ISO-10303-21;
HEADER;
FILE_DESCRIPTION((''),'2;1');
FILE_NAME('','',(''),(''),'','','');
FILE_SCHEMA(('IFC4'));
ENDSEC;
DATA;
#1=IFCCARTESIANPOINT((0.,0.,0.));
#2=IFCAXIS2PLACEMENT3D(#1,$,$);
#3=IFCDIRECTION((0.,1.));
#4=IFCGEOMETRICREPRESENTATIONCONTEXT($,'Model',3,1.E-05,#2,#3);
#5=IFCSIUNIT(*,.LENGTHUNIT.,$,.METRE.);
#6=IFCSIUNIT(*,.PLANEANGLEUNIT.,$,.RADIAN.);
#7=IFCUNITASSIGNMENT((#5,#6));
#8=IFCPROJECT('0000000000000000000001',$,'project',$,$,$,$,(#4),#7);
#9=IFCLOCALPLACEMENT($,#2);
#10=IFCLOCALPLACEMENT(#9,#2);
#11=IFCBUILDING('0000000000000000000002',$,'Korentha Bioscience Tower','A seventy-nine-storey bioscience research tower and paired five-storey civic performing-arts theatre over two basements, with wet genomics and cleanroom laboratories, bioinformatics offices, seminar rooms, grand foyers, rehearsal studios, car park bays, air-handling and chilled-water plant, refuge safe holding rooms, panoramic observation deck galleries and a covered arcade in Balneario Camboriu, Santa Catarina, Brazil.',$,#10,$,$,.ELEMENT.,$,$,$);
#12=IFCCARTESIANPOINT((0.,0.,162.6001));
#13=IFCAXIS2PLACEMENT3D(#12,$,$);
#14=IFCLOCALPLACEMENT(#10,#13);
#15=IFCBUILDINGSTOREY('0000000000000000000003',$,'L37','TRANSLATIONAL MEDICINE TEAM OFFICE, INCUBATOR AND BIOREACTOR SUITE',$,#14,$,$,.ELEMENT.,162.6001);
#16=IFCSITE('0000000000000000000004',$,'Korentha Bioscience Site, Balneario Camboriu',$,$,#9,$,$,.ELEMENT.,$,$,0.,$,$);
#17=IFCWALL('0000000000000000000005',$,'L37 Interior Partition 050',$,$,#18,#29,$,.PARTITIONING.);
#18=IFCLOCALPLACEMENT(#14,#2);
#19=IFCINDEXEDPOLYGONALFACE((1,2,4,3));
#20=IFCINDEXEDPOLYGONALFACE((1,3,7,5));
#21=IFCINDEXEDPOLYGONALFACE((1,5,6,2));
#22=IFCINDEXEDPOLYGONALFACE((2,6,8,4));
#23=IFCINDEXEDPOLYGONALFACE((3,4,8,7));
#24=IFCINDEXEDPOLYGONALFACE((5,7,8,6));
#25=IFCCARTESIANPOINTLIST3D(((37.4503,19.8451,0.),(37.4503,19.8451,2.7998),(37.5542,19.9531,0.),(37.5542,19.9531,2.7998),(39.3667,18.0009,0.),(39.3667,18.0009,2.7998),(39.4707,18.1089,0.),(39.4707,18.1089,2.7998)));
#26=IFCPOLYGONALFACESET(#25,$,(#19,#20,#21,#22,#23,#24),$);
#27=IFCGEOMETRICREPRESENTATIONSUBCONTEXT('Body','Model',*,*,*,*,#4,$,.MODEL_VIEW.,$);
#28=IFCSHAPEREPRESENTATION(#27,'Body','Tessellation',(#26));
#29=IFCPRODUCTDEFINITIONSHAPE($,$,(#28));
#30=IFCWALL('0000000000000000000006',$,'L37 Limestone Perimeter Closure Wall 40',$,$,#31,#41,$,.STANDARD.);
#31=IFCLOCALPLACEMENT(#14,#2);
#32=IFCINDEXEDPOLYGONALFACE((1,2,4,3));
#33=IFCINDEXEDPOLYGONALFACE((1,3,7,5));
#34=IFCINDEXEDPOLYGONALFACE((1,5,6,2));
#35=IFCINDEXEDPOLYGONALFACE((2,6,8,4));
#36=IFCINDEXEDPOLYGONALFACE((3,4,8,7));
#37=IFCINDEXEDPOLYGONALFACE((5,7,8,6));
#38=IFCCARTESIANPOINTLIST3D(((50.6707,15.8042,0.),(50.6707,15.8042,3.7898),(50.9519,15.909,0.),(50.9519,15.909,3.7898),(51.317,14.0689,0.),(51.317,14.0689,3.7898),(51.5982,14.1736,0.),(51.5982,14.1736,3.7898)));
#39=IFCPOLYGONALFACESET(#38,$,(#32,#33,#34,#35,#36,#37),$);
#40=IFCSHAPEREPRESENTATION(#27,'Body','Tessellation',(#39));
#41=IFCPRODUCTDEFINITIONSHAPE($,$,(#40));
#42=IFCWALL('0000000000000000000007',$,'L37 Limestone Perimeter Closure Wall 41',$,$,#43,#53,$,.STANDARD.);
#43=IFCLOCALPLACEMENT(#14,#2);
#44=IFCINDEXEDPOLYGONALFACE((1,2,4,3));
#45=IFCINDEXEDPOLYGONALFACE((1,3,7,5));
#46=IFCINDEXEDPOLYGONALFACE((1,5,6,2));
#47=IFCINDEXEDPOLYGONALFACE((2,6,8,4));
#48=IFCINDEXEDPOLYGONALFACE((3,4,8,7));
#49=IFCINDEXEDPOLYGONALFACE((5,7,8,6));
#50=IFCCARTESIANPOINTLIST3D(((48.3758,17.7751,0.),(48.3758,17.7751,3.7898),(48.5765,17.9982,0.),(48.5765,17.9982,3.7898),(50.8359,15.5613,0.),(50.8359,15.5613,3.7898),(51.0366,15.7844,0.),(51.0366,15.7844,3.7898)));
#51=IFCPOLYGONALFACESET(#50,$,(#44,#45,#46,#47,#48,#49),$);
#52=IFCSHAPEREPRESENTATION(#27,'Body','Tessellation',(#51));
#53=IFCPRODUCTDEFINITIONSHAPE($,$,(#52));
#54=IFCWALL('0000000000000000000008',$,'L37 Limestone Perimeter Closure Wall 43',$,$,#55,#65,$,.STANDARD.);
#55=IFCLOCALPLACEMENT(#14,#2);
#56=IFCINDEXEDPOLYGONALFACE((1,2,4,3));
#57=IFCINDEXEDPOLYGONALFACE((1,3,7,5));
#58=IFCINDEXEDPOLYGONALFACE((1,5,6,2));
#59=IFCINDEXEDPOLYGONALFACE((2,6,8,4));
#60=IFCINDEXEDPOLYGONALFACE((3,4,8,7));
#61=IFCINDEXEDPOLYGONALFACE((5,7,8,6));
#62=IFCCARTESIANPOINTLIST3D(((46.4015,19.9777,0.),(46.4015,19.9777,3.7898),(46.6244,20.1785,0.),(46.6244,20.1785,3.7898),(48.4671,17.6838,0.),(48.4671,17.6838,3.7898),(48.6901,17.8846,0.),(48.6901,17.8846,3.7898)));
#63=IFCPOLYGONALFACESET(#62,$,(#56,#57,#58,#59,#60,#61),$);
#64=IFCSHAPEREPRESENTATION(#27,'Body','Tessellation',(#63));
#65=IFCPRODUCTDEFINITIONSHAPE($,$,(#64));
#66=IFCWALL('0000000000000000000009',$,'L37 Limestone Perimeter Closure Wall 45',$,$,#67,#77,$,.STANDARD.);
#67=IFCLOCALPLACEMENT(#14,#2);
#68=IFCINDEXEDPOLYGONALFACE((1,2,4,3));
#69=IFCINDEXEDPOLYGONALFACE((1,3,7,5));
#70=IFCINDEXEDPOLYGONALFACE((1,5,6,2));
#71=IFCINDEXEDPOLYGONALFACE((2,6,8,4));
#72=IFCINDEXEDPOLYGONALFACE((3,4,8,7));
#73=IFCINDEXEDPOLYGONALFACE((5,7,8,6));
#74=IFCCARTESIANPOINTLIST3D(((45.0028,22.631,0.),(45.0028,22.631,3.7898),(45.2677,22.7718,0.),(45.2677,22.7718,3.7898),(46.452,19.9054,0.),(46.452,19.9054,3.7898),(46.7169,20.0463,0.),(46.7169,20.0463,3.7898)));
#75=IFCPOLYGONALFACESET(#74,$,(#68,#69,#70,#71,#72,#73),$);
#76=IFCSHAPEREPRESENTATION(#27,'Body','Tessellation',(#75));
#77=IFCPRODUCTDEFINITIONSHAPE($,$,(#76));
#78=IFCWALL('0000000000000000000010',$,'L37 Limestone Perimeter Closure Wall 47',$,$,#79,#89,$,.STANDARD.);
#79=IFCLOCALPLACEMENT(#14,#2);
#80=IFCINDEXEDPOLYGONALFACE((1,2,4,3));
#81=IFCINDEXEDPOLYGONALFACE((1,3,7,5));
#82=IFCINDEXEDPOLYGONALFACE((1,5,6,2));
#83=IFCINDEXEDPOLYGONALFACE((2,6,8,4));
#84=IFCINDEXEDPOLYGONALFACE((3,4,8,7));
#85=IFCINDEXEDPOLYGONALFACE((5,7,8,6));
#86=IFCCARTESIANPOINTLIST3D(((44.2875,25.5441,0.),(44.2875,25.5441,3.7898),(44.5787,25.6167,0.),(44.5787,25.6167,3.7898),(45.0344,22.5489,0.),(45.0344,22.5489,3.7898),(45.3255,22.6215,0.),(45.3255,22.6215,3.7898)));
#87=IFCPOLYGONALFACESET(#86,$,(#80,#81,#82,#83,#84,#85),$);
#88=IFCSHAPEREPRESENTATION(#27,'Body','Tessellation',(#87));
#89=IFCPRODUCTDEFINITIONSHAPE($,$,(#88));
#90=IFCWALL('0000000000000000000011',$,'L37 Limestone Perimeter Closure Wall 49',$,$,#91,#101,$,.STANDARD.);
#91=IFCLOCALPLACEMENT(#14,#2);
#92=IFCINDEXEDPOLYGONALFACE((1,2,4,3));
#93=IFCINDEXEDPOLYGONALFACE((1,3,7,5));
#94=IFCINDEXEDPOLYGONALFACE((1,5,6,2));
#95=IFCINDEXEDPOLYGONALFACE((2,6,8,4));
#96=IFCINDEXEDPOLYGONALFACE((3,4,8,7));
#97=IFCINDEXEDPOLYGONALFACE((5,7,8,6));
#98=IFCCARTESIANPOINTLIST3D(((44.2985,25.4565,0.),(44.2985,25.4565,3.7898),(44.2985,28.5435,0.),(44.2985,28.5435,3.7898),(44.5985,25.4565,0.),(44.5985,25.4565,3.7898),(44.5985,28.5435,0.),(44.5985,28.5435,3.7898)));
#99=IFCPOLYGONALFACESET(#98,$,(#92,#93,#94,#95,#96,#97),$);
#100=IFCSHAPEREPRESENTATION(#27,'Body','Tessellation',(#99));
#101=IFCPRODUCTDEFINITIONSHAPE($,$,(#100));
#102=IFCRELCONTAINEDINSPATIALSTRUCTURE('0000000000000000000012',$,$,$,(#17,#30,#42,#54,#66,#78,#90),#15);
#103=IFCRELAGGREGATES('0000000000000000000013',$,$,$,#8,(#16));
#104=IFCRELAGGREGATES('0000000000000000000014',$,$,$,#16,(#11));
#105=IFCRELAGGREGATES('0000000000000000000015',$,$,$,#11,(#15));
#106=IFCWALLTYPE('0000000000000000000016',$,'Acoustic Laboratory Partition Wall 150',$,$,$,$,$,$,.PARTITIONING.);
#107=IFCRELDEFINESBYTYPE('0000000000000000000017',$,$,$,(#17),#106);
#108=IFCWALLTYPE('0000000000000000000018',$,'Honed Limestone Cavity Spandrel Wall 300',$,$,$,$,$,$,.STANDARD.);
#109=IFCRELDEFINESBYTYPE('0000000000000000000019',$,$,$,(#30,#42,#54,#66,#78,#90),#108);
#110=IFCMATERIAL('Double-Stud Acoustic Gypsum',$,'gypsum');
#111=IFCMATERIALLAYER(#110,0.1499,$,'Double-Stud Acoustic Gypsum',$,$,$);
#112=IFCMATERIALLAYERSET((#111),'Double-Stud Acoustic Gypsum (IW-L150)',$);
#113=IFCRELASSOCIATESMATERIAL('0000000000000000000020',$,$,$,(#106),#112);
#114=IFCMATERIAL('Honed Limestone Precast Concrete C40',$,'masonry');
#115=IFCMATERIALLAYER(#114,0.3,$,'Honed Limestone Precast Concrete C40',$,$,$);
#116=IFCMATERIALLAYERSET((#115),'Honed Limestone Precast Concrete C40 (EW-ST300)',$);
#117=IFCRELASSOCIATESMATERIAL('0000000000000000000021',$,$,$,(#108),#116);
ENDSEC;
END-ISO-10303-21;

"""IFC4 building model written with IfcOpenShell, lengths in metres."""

from ifc_helpers import new_model, si_unit, direction, frame, frame_2d, origin, place, context, subcontext, project, spatial, rectangle, extrude, material, layer, layer_set, type_object, element, save


model = new_model("IFC4")

# Units and contexts
model_context = context("Model", 3, precision=1e-05, world=origin(), true_north=direction((0.0, 1.0)))
body_context = subcontext(model_context, "Body", "Model", "MODEL_VIEW")
ifc_project = project(units=[si_unit("LENGTHUNIT", "METRE"), si_unit("PLANEANGLEUNIT", "RADIAN")], contexts=[model_context])

# Site, building, storey
site_placement = place(None, origin())
site = spatial("IfcSite", under=ifc_project, at=site_placement, Name="Korentha Bioscience Site, Balneario Camboriu", CompositionType="ELEMENT", RefElevation=0.0)
building_placement = place(site_placement, origin())
building = spatial("IfcBuilding", under=site, at=building_placement, Name="Korentha Bioscience Tower", Description="A seventy-nine-storey bioscience research tower and paired five-storey civic performing-arts theatre over two basements, with wet genomics and cleanroom laboratories, bioinformatics offices, seminar rooms, grand foyers, rehearsal studios, car park bays, air-handling and chilled-water plant, refuge safe holding rooms, panoramic observation deck galleries and a covered arcade in Balneario Camboriu, Santa Catarina, Brazil.", CompositionType="ELEMENT")
storey_placement = place(building_placement, frame((0.0, 0.0, 162.6001)))
storey = spatial("IfcBuildingStorey", under=building, at=storey_placement, Name="L37", Description="TRANSLATIONAL MEDICINE TEAM OFFICE, INCUBATOR AND BIOREACTOR SUITE", CompositionType="ELEMENT", Elevation=162.6001)

# Shared definitions
ifc_material_1 = material(Name="Double-Stud Acoustic Gypsum", Category="gypsum")
ifc_layer_1 = layer(ifc_material_1, 0.1499, Name="Double-Stud Acoustic Gypsum")
ifc_layer_set_1 = layer_set([ifc_layer_1], Name="Double-Stud Acoustic Gypsum (IW-L150)")
wall_type_1 = type_object("IfcWallType", Name="Acoustic Laboratory Partition Wall 150", PredefinedType="PARTITIONING", material=ifc_layer_set_1)

# Walls
wall_1_placement = place(storey_placement, frame((39.4187, 18.0549, 0.0), z_axis=(0.0, 0.0, 1.0), x_axis=(-0.720561, 0.693391, 0.0)))
element("IfcWall", 1, at=wall_1_placement, inside=storey, type_object=wall_type_1, Name="L37 Interior Partition 050", PredefinedType="PARTITIONING", context=body_context, shape_type="SweptSolid", body=[
    extrude(rectangle(XDim=2.6597, YDim=0.1499, at=frame_2d((1.3298, 0.0))), origin(), (0.0, 0.0, 1.0), 2.7998),
])
ifc_material_2 = material(Name="Honed Limestone Precast Concrete C40", Category="masonry")
ifc_layer_2 = layer(ifc_material_2, 0.3, Name="Honed Limestone Precast Concrete C40")
ifc_layer_set_2 = layer_set([ifc_layer_2], Name="Honed Limestone Precast Concrete C40 (EW-ST300)")
wall_type_2 = type_object("IfcWallType", Name="Honed Limestone Cavity Spandrel Wall 300", PredefinedType="STANDARD", material=ifc_layer_set_2)
wall_2_placement = place(storey_placement, frame((51.4575, 14.1213, 0.0), z_axis=(0.0, 0.0, 1.0), x_axis=(-0.348984, 0.937129, 0.0)))
element("IfcWall", 2, at=wall_2_placement, inside=storey, type_object=wall_type_2, Name="L37 Limestone Perimeter Closure Wall 40", PredefinedType="STANDARD", context=body_context, shape_type="SweptSolid", body=[
    extrude(rectangle(XDim=1.8518, YDim=0.3, at=frame_2d((0.9258, 0.0))), origin(), (0.0, 0.0, 1.0), 3.7898),
])
wall_3_placement = place(storey_placement, frame((50.9363, 15.6729, 0.0), z_axis=(0.0, 0.0, 1.0), x_axis=(-0.743342, 0.668912, 0.0)))
element("IfcWall", 3, at=wall_3_placement, inside=storey, type_object=wall_type_2, Name="L37 Limestone Perimeter Closure Wall 41", PredefinedType="STANDARD", context=body_context, shape_type="SweptSolid", body=[
    extrude(rectangle(XDim=3.3096, YDim=0.3, at=frame_2d((1.6548, 0.0))), origin(), (0.0, 0.0, 1.0), 3.7898),
])
for number, where, z_axis, x_axis, name in (
    (4, (48.5786, 17.7842, 0.0), (0.0, 0.0, 1.0), (-0.669166, 0.743113, 0.0), "L37 Limestone Perimeter Closure Wall 43"),
    (5, (46.5845, 19.9758, 0.0), (0.0, 0.0, 1.0), (-0.469471, 0.882948, 0.0), "L37 Limestone Perimeter Closure Wall 45"),
    (6, (45.1799, 22.5852, 0.0), (0.0, 0.0, 1.0), (-0.24194, 0.970291, 0.0), "L37 Limestone Perimeter Closure Wall 47"),
    (7, (44.4485, 25.4565, 0.0), (0.0, 0.0, 1.0), (0.0, 1.0, 0.0), "L37 Limestone Perimeter Closure Wall 49"),
):
    element("IfcWall", number, at=place(storey_placement, frame(where, z_axis=z_axis, x_axis=x_axis)), inside=storey, type_object=wall_type_2, Name=name, PredefinedType="STANDARD", context=body_context, shape_type="SweptSolid", body=[
        extrude(rectangle(XDim=3.0869, YDim=0.3, at=frame_2d((1.5435, 0.0))), origin(), (0.0, 0.0, 1.0), 3.7898),
    ])

save(model, "model.ifc")
